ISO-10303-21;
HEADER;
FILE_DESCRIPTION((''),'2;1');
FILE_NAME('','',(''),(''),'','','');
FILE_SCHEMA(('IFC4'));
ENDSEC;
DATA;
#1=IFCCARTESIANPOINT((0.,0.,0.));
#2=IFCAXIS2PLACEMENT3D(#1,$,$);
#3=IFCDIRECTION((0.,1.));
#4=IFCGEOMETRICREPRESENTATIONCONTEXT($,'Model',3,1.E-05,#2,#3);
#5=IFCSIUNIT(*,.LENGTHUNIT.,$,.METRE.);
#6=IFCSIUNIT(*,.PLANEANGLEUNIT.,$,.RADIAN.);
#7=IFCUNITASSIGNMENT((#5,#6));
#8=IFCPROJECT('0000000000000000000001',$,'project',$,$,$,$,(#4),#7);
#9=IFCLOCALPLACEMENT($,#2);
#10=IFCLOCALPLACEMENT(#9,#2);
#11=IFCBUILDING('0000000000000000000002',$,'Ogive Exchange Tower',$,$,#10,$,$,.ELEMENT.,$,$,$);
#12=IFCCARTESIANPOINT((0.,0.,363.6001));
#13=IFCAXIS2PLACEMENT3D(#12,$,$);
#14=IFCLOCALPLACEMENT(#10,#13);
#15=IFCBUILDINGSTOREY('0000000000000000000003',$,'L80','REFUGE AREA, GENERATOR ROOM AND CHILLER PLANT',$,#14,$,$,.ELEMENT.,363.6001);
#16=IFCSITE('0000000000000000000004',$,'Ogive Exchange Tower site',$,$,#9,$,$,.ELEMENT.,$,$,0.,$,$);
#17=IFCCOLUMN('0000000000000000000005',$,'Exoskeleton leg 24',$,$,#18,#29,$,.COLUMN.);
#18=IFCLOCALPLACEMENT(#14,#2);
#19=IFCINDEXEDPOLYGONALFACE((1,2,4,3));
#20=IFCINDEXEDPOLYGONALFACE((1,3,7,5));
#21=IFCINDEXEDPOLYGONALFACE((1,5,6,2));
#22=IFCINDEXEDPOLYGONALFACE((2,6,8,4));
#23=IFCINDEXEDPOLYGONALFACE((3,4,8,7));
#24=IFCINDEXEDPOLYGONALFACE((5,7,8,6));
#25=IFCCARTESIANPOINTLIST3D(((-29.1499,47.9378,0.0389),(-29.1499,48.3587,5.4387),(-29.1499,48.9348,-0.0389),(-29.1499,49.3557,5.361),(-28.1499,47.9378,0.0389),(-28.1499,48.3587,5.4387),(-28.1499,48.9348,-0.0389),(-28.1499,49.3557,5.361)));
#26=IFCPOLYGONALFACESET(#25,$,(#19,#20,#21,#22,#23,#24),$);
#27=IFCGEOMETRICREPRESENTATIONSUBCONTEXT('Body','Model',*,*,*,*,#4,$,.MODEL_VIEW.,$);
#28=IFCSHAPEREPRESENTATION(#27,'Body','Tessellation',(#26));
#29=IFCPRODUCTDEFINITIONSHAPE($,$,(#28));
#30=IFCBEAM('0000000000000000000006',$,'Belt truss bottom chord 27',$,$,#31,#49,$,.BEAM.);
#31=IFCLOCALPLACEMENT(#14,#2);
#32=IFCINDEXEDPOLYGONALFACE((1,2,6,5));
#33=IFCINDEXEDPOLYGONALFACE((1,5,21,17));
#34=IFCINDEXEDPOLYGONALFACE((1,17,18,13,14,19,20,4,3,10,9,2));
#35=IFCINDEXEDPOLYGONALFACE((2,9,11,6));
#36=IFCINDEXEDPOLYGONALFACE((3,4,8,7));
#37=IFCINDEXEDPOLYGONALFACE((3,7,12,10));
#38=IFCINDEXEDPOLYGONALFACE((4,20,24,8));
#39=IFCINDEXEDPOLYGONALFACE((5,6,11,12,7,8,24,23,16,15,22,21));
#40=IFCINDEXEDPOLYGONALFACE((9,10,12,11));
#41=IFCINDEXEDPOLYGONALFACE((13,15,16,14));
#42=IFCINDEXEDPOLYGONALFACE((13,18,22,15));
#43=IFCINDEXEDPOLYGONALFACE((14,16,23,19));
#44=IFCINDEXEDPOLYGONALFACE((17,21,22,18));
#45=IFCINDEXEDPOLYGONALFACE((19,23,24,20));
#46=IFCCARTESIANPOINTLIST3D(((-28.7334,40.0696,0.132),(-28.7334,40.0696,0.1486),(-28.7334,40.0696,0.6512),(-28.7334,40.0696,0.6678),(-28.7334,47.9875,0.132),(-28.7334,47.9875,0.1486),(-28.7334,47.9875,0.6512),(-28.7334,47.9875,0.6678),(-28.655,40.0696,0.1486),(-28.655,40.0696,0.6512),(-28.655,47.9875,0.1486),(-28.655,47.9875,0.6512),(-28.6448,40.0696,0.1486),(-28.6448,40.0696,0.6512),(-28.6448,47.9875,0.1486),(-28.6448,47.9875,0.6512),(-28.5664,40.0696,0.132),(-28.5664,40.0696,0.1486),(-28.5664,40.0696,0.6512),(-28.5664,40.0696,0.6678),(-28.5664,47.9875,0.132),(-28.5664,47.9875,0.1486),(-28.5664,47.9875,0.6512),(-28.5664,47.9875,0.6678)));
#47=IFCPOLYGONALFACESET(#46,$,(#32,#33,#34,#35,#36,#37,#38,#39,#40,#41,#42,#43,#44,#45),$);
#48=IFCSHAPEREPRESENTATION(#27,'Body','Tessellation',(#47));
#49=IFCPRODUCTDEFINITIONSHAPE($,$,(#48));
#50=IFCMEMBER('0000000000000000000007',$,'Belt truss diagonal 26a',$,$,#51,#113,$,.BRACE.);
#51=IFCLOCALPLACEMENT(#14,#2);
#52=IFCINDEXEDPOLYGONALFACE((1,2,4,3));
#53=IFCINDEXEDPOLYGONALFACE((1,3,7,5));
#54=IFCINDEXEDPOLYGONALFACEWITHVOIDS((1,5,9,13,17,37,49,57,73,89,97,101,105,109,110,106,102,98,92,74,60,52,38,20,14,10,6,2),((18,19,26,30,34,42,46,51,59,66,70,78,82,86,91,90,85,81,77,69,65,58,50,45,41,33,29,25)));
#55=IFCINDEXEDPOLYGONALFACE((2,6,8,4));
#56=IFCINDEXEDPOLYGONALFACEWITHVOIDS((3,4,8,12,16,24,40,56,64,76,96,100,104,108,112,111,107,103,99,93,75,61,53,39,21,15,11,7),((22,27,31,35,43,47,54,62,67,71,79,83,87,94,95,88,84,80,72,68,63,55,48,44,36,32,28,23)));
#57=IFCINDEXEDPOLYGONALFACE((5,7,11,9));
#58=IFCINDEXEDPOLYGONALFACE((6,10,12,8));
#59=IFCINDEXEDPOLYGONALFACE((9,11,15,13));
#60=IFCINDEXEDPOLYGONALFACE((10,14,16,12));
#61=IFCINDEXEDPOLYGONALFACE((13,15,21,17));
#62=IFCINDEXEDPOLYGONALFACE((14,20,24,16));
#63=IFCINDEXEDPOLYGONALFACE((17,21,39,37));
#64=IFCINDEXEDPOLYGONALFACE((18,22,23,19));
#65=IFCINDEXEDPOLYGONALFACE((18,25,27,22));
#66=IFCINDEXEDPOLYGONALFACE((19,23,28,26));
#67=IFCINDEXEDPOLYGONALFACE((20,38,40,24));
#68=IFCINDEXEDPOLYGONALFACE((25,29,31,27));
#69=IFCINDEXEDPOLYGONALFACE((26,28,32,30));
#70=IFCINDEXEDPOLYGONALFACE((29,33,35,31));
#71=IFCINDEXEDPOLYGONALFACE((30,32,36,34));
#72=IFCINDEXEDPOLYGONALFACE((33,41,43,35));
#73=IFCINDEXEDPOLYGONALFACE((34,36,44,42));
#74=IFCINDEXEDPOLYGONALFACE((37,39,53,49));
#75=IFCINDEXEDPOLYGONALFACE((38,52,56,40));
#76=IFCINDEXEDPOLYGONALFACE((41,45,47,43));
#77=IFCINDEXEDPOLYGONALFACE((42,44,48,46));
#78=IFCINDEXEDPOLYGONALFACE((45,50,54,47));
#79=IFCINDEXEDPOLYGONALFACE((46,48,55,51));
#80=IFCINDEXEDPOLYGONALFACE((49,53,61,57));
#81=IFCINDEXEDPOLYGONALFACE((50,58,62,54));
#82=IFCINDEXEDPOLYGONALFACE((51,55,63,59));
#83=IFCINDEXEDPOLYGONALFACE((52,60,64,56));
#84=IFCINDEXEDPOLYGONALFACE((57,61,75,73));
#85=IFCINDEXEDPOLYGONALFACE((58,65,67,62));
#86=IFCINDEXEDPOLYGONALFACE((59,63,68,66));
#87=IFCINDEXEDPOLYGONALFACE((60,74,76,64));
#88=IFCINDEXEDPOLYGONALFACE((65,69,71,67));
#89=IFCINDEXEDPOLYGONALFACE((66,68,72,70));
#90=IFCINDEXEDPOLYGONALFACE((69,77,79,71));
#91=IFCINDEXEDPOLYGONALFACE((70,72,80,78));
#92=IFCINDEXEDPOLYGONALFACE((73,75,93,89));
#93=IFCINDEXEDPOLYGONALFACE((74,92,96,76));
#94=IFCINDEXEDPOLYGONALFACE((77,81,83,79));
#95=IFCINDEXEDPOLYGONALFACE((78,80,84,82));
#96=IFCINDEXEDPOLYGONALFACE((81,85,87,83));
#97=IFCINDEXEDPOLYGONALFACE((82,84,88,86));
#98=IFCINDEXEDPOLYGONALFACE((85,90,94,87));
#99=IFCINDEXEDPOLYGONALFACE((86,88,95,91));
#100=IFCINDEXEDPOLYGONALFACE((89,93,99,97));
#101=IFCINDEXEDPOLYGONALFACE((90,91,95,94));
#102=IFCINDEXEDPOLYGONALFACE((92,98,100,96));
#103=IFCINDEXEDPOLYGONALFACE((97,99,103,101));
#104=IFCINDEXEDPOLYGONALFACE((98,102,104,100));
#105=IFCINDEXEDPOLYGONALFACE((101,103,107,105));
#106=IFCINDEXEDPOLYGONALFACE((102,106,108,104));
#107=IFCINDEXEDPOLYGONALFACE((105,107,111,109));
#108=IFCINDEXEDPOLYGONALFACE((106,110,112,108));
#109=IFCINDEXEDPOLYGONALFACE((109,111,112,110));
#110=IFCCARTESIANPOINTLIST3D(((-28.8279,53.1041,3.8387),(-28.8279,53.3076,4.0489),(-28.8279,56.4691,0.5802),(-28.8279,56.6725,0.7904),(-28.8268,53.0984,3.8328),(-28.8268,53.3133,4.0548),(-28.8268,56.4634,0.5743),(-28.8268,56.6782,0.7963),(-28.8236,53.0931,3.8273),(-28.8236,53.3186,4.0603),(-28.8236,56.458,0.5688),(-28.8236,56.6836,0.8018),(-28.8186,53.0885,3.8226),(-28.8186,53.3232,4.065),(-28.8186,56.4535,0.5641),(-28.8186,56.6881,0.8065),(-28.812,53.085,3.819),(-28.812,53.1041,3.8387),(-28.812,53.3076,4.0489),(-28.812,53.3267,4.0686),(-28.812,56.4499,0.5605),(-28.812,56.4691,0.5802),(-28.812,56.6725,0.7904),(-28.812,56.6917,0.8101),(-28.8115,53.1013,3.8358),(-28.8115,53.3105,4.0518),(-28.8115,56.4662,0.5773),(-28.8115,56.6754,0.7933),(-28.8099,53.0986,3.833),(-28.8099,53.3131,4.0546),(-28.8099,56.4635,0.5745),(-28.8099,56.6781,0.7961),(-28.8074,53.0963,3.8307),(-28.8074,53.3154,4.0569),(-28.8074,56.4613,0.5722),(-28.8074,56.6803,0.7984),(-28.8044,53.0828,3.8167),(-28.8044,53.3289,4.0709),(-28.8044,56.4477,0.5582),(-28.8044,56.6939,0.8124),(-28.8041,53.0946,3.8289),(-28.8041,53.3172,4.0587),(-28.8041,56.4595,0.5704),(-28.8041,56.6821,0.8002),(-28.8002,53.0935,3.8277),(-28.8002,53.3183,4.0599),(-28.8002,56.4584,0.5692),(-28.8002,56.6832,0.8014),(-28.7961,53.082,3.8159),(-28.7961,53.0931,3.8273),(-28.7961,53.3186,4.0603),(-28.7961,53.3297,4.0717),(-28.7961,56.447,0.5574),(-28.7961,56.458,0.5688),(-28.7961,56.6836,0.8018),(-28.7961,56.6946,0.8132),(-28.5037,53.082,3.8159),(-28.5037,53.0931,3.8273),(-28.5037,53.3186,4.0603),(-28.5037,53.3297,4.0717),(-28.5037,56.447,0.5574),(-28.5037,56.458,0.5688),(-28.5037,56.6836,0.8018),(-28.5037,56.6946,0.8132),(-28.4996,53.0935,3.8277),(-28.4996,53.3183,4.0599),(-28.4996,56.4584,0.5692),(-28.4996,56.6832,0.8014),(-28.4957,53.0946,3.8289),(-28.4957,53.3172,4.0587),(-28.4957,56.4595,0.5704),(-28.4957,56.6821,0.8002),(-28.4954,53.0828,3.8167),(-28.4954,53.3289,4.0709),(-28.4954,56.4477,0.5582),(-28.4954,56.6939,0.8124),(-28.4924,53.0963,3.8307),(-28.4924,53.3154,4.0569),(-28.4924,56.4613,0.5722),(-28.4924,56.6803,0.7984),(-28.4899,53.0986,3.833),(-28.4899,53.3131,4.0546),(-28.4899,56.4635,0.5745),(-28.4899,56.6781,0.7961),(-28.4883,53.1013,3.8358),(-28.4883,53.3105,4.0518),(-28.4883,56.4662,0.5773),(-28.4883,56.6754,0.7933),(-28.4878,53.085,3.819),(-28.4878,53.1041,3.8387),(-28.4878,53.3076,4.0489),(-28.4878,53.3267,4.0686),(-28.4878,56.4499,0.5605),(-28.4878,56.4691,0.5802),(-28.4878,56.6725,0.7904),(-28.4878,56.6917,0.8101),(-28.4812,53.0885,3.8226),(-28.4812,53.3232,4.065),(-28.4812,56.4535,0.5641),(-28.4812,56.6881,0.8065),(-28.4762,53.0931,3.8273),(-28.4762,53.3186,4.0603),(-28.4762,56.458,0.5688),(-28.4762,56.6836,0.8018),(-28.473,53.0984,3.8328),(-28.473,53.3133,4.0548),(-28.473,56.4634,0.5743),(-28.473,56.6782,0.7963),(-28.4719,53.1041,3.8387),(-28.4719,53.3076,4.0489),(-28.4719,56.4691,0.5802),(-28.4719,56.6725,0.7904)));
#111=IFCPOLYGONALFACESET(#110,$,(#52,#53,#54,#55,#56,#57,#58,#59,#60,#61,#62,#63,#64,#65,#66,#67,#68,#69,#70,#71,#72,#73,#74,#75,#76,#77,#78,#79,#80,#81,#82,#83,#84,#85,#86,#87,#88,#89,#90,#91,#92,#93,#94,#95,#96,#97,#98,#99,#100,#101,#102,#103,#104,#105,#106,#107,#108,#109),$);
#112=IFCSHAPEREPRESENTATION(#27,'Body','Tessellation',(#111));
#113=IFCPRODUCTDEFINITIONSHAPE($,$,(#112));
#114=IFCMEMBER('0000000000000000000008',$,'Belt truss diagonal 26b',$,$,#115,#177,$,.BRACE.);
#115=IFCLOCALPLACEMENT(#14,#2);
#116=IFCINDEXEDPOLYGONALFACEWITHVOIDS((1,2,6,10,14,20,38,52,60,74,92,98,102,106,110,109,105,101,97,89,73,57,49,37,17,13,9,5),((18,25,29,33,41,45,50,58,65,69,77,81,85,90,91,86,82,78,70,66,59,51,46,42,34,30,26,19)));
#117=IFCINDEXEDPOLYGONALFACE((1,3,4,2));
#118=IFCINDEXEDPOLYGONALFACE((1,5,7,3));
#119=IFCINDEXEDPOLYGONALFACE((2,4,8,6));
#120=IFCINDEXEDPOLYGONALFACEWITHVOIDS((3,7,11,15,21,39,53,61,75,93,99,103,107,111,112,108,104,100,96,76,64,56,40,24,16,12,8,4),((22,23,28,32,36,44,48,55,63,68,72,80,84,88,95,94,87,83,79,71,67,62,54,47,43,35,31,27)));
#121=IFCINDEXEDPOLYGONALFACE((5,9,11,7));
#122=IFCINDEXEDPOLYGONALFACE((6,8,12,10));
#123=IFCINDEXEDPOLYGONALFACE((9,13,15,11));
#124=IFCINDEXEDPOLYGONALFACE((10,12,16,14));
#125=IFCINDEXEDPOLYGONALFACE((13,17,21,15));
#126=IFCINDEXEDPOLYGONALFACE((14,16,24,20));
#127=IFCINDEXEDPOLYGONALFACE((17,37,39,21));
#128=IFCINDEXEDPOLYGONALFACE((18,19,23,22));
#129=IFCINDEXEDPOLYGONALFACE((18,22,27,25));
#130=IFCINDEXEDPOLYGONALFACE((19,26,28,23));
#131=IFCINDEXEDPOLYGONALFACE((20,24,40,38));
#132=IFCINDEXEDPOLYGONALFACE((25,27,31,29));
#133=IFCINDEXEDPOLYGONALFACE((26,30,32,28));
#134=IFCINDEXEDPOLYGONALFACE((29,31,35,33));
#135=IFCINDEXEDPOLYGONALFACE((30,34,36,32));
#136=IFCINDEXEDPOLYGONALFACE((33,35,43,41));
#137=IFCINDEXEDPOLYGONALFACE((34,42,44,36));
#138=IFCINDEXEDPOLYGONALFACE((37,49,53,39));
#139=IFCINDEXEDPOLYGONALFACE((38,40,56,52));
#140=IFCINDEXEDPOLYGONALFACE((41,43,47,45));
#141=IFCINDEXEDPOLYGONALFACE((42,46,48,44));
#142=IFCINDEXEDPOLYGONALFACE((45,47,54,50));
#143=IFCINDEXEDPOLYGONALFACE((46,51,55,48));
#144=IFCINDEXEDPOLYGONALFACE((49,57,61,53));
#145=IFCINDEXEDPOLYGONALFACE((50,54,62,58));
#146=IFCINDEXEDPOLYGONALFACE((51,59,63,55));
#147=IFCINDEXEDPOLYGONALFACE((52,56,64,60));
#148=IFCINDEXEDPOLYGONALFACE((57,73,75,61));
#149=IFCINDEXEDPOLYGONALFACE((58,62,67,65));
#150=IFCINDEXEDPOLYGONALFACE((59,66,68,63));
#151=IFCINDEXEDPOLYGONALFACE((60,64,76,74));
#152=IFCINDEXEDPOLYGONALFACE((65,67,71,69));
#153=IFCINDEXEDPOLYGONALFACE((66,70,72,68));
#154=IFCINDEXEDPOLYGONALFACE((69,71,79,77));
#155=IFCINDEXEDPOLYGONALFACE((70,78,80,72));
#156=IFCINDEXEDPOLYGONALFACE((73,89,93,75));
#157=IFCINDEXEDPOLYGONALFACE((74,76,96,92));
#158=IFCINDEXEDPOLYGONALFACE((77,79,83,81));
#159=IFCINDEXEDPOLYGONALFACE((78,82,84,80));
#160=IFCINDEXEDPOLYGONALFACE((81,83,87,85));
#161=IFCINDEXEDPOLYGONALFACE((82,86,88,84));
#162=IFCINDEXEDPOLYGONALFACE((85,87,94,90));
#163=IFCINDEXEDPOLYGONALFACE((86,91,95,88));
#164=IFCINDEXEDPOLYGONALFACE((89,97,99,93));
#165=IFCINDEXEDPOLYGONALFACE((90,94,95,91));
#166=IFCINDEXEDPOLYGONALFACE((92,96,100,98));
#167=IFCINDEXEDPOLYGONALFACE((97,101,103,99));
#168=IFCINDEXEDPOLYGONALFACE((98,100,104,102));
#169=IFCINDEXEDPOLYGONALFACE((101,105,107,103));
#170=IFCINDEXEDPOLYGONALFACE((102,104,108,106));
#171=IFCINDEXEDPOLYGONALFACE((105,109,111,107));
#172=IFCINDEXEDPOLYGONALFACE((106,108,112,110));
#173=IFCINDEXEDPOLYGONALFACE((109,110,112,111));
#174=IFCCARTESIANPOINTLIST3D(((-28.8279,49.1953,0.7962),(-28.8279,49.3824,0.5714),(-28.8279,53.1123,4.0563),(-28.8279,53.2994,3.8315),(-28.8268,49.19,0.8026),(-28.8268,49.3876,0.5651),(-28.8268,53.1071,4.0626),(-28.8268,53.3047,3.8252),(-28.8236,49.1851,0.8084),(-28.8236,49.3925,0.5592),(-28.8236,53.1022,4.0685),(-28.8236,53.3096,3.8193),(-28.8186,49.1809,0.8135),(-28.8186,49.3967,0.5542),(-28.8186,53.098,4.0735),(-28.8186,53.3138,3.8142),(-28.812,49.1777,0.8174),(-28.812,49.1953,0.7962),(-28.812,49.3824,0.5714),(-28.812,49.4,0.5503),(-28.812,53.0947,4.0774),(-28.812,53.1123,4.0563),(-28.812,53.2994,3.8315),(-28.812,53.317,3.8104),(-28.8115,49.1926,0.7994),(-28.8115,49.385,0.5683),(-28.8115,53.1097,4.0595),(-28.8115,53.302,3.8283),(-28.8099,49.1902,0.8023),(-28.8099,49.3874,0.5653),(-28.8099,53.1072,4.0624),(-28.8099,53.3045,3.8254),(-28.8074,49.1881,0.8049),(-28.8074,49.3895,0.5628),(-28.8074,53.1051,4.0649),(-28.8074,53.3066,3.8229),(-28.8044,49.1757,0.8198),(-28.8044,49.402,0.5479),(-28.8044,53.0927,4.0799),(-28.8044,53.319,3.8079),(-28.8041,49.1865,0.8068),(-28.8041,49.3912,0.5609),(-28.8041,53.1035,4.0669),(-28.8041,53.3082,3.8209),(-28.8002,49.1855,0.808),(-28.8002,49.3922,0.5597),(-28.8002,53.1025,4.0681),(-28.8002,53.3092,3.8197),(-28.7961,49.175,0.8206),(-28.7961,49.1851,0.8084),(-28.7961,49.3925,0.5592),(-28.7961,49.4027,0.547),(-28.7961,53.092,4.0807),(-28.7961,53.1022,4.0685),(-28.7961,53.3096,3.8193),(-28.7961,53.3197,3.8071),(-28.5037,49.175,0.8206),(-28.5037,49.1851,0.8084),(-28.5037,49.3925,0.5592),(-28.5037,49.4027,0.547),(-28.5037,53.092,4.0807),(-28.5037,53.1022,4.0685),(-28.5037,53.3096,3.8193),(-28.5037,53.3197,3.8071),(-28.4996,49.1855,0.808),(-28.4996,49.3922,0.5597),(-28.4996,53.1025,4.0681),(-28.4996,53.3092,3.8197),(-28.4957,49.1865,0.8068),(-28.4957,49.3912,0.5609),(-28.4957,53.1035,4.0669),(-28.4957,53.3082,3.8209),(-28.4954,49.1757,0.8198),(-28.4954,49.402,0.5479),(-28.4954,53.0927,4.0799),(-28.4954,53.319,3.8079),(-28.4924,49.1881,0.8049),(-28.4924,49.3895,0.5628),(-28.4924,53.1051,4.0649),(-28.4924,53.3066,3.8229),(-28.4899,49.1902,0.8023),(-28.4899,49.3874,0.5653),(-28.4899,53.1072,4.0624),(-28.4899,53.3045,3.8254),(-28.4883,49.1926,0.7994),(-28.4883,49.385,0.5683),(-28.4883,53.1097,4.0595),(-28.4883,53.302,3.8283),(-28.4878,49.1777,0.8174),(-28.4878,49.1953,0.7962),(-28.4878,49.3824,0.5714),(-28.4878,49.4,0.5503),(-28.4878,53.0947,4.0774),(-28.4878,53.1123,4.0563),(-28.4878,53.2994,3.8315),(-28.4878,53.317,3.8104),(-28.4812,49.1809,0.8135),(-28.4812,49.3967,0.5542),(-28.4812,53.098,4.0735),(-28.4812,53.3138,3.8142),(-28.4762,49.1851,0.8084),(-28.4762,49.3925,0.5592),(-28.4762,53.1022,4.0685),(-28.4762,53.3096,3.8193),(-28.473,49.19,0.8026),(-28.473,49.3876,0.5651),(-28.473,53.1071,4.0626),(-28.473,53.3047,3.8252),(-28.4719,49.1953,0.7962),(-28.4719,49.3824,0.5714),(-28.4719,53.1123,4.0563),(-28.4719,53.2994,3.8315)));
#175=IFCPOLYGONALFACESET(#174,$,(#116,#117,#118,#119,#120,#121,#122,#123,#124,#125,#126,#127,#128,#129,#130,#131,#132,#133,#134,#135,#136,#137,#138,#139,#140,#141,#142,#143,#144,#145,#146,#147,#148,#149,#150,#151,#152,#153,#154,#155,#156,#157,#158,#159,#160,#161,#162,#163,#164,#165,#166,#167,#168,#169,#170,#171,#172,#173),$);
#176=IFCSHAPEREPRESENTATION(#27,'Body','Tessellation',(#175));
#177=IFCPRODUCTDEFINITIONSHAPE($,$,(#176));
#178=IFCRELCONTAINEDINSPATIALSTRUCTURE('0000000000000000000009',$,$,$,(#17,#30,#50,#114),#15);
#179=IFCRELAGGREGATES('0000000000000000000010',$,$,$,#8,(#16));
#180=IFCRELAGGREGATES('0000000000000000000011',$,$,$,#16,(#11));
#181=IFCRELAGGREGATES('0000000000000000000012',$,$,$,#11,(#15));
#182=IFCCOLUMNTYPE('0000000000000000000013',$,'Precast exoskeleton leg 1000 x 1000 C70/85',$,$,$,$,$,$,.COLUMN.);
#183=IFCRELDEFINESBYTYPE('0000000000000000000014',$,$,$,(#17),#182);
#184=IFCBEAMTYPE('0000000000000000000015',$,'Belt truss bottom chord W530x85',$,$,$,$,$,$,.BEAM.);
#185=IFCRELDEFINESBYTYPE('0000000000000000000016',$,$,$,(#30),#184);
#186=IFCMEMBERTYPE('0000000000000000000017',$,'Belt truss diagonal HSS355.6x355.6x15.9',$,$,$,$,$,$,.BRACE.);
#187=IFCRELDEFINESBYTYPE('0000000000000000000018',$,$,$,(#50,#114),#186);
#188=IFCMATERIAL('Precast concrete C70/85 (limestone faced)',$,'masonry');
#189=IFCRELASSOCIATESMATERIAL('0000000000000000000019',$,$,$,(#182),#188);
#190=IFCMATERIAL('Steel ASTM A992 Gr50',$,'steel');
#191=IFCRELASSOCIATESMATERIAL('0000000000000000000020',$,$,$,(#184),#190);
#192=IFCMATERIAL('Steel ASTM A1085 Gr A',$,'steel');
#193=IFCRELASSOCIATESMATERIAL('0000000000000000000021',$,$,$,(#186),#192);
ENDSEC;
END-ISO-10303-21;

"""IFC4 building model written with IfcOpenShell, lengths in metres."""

from ifc_helpers import new_model, si_unit, direction, frame, origin, origin_2d, place, context, subcontext, project, spatial, rectangle, hollow_rectangle, i_section, extrude, material, material_profile, profile_set, type_object, element, save


model = new_model("IFC4")

# Units and contexts
model_context = context("Model", 3, precision=1e-05, world=origin(), true_north=direction((0.0, 1.0)))
body_context = subcontext(model_context, "Body", "Model", "MODEL_VIEW")
ifc_project = project(units=[si_unit("LENGTHUNIT", "METRE"), si_unit("PLANEANGLEUNIT", "RADIAN")], contexts=[model_context])

# Site, building, storey
site_placement = place(None, origin())
site = spatial("IfcSite", under=ifc_project, at=site_placement, Name="Ogive Exchange Tower site", CompositionType="ELEMENT", RefElevation=0.0)
building_placement = place(site_placement, origin())
building = spatial("IfcBuilding", under=site, at=building_placement, Name="Ogive Exchange Tower", CompositionType="ELEMENT")
storey_placement = place(building_placement, frame((0.0, 0.0, 363.6001)))
storey = spatial("IfcBuildingStorey", under=building, at=storey_placement, Name="L80", Description="REFUGE AREA, GENERATOR ROOM AND CHILLER PLANT", CompositionType="ELEMENT", Elevation=363.6001)

# Column
ifc_material_1 = material(Name="Precast concrete C70/85 (limestone faced)", Category="masonry")
ifc_material_profile_1 = material_profile(ifc_material_1, rectangle(XDim=1.0, YDim=1.0, at=origin_2d()), Name="1000 x 1000")
ifc_profile_set_1 = profile_set([ifc_material_profile_1], Name="Precast concrete C70/85 (limestone faced)")
column_type = type_object("IfcColumnType", Name="Precast exoskeleton leg 1000 x 1000 C70/85", PredefinedType="COLUMN", material=ifc_profile_set_1)
column_placement = place(storey_placement, frame((-28.6499, 48.4363, 0.0), z_axis=(0.0, 0.07771, 0.996976), x_axis=(-1.0, 0.0, 0.0)))
element("IfcColumn", 1, at=column_placement, inside=storey, type_object=column_type, Name="Exoskeleton leg 24", PredefinedType="COLUMN", context=body_context, shape_type="SweptSolid", body=[
    extrude(rectangle(XDim=1.0, YDim=1.0, at=origin_2d()), origin(), (0.0, 0.0, 1.0), 5.4163),
])

# Beam
ifc_material_2 = material(Name="Steel ASTM A992 Gr50", Category="steel")
ifc_material_profile_2 = material_profile(ifc_material_2, i_section(OverallWidth=0.167, OverallDepth=0.5359, WebThickness=0.0103, FlangeThickness=0.0166, at=origin_2d()), Name="W530x85")
ifc_profile_set_2 = profile_set([ifc_material_profile_2], Name="Steel ASTM A992 Gr50")
beam_type_1 = type_object("IfcBeamType", Name="Belt truss bottom chord W530x85", PredefinedType="BEAM", material=ifc_profile_set_2)
beam_1_placement = place(storey_placement, frame((-28.6499, 47.9875, 0.3999), z_axis=(0.0, -1.0, 0.0), x_axis=(1.0, 0.0, 0.0)))
element("IfcBeam", 2, at=beam_1_placement, inside=storey, type_object=beam_type_1, Name="Belt truss bottom chord 27", PredefinedType="BEAM", context=body_context, shape_type="SweptSolid", body=[
    extrude(i_section(OverallWidth=0.167, OverallDepth=0.5359, WebThickness=0.0103, FlangeThickness=0.0166, at=origin_2d()), origin(), (0.0, 0.0, 1.0), 7.918),
])

# Members
ifc_material_3 = material(Name="Steel ASTM A1085 Gr A", Category="steel")
ifc_material_profile_3 = material_profile(ifc_material_3, hollow_rectangle(XDim=0.356, YDim=0.356, WallThickness=0.0159, InnerFilletRadius=0.0159, OuterFilletRadius=0.0317, at=origin_2d()), Name="HSS355.6x355.6x15.9")
ifc_profile_set_3 = profile_set([ifc_material_profile_3], Name="Steel ASTM A1085 Gr A")
member_type = type_object("IfcMemberType", Name="Belt truss diagonal HSS355.6x355.6x15.9", PredefinedType="BRACE", material=ifc_profile_set_3)
member_1_placement = place(storey_placement, frame((-28.6499, 56.5708, 0.6853), z_axis=(0.0, -0.718378, 0.695653), x_axis=(1.0, 0.0, 0.0)))
element("IfcMember", 3, at=member_1_placement, inside=storey, type_object=member_type, Name="Belt truss diagonal 26a", PredefinedType="BRACE", context=body_context, shape_type="SweptSolid", body=[
    extrude(hollow_rectangle(XDim=0.356, YDim=0.356, WallThickness=0.0159, InnerFilletRadius=0.0159, OuterFilletRadius=0.0317, at=origin_2d()), origin(), (0.0, 0.0, 1.0), 4.6841),
])
member_2_placement = place(storey_placement, frame((-28.6499, 49.2888, 0.6838), z_axis=(0.0, 0.768622, 0.639704), x_axis=(-1.0, 0.0, 0.0)))
element("IfcMember", 4, at=member_2_placement, inside=storey, type_object=member_type, Name="Belt truss diagonal 26b", PredefinedType="BRACE", context=body_context, shape_type="SweptSolid", body=[
    extrude(hollow_rectangle(XDim=0.356, YDim=0.356, WallThickness=0.0159, InnerFilletRadius=0.0159, OuterFilletRadius=0.0317, at=origin_2d()), origin(), (0.0, 0.0, 1.0), 5.0962),
])

save(model, "model.ifc")
